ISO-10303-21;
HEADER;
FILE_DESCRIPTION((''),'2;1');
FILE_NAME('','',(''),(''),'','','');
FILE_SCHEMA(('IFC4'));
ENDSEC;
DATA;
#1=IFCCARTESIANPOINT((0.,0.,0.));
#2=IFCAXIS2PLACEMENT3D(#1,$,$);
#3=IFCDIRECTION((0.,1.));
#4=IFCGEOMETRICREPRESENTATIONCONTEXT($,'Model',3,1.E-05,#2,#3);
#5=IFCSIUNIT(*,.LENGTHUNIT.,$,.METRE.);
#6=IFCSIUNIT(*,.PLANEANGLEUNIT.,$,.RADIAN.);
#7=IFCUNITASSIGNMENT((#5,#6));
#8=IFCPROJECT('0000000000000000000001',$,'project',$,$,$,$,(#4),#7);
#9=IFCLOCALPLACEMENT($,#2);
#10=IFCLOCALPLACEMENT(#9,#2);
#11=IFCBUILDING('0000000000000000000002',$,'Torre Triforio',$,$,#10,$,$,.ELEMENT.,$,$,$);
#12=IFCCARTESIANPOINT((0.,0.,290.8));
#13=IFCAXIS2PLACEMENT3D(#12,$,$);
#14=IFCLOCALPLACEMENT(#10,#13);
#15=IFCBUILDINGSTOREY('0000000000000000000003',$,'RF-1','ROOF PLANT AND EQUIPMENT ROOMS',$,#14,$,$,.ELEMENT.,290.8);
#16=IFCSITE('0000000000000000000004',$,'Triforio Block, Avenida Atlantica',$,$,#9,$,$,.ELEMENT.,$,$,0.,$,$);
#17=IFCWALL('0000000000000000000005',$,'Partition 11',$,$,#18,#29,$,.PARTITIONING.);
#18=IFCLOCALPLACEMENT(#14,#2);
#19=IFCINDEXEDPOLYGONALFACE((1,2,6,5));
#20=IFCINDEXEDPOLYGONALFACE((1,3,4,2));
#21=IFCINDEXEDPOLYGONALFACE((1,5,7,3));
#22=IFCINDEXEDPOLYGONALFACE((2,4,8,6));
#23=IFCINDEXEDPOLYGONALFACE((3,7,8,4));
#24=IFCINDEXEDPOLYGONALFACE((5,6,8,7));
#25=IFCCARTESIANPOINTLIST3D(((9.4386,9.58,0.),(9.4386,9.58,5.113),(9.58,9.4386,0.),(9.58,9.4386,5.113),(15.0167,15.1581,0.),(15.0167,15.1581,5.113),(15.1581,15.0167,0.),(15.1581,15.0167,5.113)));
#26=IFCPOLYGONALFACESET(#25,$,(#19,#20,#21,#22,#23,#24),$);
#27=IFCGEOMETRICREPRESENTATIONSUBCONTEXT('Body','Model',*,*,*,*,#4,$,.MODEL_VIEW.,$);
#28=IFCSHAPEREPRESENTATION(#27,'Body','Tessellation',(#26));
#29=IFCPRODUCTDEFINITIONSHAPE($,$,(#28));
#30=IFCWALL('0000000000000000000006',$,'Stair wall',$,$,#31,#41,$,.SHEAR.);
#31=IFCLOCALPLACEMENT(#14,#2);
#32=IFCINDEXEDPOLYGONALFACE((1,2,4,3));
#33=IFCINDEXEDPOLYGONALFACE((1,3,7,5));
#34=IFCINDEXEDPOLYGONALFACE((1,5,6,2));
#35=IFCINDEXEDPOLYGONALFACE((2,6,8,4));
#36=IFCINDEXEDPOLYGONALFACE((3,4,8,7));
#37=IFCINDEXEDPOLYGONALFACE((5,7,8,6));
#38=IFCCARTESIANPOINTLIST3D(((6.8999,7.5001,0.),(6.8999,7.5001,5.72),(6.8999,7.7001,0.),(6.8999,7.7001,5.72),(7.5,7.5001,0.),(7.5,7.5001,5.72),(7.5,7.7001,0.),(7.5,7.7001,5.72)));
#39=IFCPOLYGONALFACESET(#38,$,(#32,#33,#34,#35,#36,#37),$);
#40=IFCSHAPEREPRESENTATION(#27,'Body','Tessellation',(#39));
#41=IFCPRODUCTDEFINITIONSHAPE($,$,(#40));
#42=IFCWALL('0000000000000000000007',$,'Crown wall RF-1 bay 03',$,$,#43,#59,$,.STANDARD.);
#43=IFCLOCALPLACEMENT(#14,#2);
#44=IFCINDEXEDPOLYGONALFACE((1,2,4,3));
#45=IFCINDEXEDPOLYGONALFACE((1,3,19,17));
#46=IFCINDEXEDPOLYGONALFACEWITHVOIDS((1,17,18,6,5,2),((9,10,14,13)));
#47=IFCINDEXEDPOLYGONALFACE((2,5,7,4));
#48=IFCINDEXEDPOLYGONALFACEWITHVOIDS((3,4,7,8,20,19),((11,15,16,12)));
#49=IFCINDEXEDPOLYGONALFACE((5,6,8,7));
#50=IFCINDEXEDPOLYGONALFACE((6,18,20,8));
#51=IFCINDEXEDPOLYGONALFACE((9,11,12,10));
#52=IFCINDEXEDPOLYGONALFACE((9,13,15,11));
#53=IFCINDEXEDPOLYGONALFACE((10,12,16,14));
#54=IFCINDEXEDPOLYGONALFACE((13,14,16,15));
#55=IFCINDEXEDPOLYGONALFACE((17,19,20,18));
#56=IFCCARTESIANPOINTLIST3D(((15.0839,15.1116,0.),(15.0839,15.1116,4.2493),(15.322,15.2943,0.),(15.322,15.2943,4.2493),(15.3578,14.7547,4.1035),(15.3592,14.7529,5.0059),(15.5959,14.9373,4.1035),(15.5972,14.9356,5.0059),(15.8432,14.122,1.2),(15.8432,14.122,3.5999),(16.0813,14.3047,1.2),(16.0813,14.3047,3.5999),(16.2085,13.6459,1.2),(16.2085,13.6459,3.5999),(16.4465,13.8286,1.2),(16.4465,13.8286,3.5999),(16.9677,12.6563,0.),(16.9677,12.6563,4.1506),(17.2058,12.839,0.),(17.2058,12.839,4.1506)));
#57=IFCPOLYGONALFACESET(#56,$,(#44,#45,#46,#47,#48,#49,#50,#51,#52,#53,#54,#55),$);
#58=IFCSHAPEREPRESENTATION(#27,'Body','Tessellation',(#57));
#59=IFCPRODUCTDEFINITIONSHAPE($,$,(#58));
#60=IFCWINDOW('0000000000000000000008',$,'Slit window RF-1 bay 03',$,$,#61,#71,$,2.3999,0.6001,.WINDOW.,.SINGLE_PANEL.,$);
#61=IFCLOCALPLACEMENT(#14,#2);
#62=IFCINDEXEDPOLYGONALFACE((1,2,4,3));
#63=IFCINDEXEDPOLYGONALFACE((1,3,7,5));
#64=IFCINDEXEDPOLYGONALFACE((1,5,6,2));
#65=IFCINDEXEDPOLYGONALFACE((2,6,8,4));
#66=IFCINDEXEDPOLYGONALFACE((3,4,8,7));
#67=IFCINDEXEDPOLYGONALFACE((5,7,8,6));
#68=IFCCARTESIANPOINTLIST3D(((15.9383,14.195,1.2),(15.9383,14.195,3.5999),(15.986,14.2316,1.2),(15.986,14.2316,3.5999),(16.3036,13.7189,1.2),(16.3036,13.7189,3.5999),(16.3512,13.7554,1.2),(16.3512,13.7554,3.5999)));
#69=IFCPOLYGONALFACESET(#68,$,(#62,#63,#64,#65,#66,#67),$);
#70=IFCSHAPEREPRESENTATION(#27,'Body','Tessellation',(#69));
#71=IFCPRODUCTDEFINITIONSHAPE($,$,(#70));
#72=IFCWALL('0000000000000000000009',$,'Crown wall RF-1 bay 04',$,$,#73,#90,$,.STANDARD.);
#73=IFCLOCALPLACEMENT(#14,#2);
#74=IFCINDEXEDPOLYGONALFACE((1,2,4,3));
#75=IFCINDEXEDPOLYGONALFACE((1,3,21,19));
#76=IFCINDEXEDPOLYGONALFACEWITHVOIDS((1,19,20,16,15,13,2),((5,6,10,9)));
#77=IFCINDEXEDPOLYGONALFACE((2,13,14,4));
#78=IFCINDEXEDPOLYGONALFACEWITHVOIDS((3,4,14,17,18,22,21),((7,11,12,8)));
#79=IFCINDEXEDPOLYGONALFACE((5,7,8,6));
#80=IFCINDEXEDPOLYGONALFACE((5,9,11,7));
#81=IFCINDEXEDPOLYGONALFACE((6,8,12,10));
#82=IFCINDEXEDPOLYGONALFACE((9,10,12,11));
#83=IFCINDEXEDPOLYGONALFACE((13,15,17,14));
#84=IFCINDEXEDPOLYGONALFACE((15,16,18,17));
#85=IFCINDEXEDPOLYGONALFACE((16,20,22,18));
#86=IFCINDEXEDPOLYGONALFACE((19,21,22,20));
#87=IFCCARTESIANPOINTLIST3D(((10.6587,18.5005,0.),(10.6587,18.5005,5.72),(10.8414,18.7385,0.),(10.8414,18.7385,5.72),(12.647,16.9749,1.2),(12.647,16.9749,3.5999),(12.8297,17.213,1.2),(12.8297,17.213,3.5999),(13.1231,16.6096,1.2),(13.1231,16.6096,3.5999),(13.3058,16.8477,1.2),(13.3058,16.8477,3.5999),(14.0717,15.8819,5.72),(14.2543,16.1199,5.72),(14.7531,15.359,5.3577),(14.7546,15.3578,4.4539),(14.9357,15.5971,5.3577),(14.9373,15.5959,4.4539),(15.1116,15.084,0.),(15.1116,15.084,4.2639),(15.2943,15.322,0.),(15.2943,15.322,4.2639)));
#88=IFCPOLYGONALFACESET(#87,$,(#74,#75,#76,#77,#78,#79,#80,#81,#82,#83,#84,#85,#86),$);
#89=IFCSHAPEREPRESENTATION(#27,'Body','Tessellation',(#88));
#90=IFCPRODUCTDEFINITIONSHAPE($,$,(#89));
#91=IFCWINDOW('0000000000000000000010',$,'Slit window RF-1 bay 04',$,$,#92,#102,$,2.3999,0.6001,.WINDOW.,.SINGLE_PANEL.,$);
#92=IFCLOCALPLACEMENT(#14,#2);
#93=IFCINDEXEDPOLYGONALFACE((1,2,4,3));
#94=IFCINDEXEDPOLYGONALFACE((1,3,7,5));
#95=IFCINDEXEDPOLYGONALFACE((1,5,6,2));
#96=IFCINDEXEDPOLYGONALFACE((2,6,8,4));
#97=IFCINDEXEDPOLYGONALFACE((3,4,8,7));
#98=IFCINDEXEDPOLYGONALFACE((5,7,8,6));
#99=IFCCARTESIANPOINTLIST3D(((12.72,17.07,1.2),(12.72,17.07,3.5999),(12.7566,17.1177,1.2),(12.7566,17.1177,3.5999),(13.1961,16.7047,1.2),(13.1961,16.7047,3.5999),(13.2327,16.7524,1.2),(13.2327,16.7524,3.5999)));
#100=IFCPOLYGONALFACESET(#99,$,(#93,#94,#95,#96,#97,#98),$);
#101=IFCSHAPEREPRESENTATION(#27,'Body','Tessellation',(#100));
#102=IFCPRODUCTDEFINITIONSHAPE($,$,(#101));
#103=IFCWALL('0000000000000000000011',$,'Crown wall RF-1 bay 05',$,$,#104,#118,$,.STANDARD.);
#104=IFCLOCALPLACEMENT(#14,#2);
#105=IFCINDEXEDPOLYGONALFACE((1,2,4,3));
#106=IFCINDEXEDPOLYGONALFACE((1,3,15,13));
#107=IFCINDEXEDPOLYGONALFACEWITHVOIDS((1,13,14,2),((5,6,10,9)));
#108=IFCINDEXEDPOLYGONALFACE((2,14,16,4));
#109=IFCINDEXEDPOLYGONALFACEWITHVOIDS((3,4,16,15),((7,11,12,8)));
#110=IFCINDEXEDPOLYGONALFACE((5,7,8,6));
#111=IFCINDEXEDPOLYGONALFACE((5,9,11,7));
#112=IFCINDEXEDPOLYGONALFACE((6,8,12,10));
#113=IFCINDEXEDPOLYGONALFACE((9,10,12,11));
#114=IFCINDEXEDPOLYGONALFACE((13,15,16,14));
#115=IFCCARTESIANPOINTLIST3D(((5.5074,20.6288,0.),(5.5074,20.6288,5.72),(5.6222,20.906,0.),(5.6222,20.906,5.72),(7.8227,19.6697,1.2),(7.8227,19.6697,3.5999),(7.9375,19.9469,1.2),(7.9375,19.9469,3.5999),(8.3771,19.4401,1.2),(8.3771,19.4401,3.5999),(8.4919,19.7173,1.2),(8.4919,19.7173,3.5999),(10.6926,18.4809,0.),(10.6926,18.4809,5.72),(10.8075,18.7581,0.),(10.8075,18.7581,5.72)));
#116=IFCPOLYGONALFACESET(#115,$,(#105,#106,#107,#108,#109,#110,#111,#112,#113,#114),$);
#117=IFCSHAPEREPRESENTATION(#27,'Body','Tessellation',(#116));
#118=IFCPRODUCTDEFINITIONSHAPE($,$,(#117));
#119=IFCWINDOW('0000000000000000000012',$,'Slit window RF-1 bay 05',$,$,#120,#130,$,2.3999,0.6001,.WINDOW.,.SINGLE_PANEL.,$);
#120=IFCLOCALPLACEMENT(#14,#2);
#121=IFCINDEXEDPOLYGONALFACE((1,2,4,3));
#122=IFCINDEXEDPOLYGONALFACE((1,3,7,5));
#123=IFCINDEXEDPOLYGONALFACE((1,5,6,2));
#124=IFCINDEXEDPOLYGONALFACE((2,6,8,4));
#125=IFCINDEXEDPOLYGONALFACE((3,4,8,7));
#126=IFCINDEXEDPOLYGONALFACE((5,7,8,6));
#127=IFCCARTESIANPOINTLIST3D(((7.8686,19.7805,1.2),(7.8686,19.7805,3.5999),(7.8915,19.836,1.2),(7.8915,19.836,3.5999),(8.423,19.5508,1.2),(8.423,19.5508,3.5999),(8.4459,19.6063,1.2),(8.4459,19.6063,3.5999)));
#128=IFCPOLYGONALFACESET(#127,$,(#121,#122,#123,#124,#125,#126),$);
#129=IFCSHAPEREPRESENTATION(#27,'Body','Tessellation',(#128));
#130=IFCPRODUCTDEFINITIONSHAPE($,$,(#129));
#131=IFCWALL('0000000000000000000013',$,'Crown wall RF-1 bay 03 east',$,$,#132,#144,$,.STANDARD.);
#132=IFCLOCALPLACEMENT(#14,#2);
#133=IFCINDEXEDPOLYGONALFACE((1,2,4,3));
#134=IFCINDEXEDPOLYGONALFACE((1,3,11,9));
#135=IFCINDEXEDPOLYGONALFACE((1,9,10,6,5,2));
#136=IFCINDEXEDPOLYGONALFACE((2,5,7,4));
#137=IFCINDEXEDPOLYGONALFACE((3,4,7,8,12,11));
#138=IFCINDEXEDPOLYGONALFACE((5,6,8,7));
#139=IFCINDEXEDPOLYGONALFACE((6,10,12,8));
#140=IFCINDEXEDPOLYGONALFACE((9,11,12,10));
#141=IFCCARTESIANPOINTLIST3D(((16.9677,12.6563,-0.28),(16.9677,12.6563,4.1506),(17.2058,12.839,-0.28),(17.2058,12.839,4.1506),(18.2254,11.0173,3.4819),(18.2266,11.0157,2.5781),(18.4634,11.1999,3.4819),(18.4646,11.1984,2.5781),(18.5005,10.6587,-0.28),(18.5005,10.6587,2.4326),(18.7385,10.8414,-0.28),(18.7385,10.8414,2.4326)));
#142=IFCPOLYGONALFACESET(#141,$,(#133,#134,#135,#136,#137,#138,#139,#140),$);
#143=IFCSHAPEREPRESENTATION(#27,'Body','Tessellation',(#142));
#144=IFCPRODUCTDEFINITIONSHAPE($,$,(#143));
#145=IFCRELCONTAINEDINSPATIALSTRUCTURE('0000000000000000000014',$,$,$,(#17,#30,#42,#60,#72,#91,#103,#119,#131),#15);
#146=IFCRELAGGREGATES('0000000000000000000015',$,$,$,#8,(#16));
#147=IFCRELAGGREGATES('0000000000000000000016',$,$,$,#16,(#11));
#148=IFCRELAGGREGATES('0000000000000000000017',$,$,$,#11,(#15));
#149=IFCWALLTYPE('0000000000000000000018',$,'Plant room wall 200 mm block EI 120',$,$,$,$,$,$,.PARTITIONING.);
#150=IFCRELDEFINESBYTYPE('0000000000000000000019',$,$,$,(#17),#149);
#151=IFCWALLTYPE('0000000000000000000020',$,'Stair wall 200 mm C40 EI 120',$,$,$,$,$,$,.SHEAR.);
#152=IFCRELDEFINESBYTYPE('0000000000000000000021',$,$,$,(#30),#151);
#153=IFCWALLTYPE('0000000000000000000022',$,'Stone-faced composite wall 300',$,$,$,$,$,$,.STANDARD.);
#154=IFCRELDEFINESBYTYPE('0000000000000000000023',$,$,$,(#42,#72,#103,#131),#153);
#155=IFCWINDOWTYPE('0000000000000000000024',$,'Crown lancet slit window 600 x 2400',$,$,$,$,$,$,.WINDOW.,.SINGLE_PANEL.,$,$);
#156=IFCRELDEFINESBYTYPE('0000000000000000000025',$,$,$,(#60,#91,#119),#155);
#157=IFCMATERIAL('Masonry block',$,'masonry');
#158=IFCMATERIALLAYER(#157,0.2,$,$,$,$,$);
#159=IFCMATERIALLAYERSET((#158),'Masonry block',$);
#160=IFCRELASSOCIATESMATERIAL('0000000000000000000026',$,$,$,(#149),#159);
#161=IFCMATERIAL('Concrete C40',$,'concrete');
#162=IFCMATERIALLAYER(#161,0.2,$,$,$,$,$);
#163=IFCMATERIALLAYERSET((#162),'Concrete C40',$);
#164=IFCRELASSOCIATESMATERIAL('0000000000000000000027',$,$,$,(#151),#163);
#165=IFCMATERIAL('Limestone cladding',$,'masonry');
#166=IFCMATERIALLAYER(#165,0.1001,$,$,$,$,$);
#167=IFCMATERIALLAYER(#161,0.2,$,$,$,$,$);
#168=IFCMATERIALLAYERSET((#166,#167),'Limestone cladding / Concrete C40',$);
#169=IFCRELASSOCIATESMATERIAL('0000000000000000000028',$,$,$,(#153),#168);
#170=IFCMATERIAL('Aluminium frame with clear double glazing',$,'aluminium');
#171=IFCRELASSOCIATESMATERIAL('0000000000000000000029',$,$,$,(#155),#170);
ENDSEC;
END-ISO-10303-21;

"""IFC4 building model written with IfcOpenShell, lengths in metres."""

from ifc_helpers import new_model, si_unit, direction, frame, frame_2d, origin, place, context, subcontext, project, spatial, polyline, rectangle, outline, extrude, material, layer, layer_set, type_object, element, fill, save


model = new_model("IFC4")

# Units and contexts
model_context = context("Model", 3, precision=1e-05, world=origin(), true_north=direction((0.0, 1.0)))
body_context = subcontext(model_context, "Body", "Model", "MODEL_VIEW")
ifc_project = project(units=[si_unit("LENGTHUNIT", "METRE"), si_unit("PLANEANGLEUNIT", "RADIAN")], contexts=[model_context])

# Site, building, storey
site_placement = place(None, origin())
site = spatial("IfcSite", under=ifc_project, at=site_placement, Name="Triforio Block, Avenida Atlantica", CompositionType="ELEMENT", RefElevation=0.0)
building_placement = place(site_placement, origin())
building = spatial("IfcBuilding", under=site, at=building_placement, Name="Torre Triforio", CompositionType="ELEMENT")
storey_placement = place(building_placement, frame((0.0, 0.0, 290.8)))
storey = spatial("IfcBuildingStorey", under=building, at=storey_placement, Name="RF-1", Description="ROOF PLANT AND EQUIPMENT ROOMS", CompositionType="ELEMENT", Elevation=290.8)

# Shared definitions
ifc_material_1 = material(Name="Concrete C40", Category="concrete")

# Shared definitions
ifc_material_2 = material(Name="Masonry block", Category="masonry")
ifc_layer_1 = layer(ifc_material_2, 0.2)
ifc_layer_set_1 = layer_set([ifc_layer_1], Name="Masonry block")
wall_type_1 = type_object("IfcWallType", Name="Plant room wall 200 mm block EI 120", PredefinedType="PARTITIONING", material=ifc_layer_set_1)

# Walls
wall_1_placement = place(storey_placement, frame((9.5093, 9.5093, 0.0), z_axis=(0.0, 0.0, 1.0), x_axis=(0.707107, 0.707107, 0.0)))
element("IfcWall", 1, at=wall_1_placement, inside=storey, type_object=wall_type_1, Name="Partition 11", PredefinedType="PARTITIONING", context=body_context, shape_type="SweptSolid", body=[
    extrude(rectangle(XDim=7.8887, YDim=0.2, at=frame_2d((3.9443, 0.0))), origin(), (0.0, 0.0, 1.0), 5.113),
])
ifc_layer_2 = layer(ifc_material_1, 0.2)
ifc_layer_set_2 = layer_set([ifc_layer_2], Name="Concrete C40")
wall_type_2 = type_object("IfcWallType", Name="Stair wall 200 mm C40 EI 120", PredefinedType="SHEAR", material=ifc_layer_set_2)
wall_2_placement = place(storey_placement, frame((6.8999, 7.6001, 0.0), z_axis=(0.0, 0.0, 1.0), x_axis=(1.0, 0.0, 0.0)))
element("IfcWall", 2, at=wall_2_placement, inside=storey, type_object=wall_type_2, Name="Stair wall", PredefinedType="SHEAR", context=body_context, shape_type="SweptSolid", body=[
    extrude(rectangle(XDim=0.6001, YDim=0.2, at=frame_2d((0.3, 0.0))), origin(), (0.0, 0.0, 1.0), 5.72),
])

# Walls, openings, windows
ifc_material_3 = material(Name="Limestone cladding", Category="masonry")
ifc_layer_3 = layer(ifc_material_3, 0.1001)
ifc_layer_4 = layer(ifc_material_1, 0.2)
ifc_layer_set_3 = layer_set([ifc_layer_3, ifc_layer_4], Name="Limestone cladding / Concrete C40")
wall_type_3 = type_object("IfcWallType", Name="Stone-faced composite wall 300", PredefinedType="STANDARD", material=ifc_layer_set_3)
wall_3_placement = place(storey_placement, frame((17.0867, 12.7476, 0.0), z_axis=(0.0, 0.0, 1.0), x_axis=(-0.608711, 0.793392, 0.0)))
wall_3 = element("IfcWall", 3, at=wall_3_placement, inside=storey, type_object=wall_type_3, Name="Crown wall RF-1 bay 03", PredefinedType="STANDARD", context=body_context, shape_type="SweptSolid", body=[
    extrude(outline(polyline([(0.0, 0.0), (3.0947, 0.0), (3.0947, 4.2493), (2.6448, 4.1035), (2.6426, 5.0059), (0.0, 4.1506), (0.0, 0.0)])), frame((0.0, 0.1499, 0.0), z_axis=(0.0, -1.0, 0.0), x_axis=(1.0, 0.0, 0.0)), (0.0, 0.0, 1.0), 0.3),
])
opening_1_placement = place(wall_3_placement, frame((1.2473, 0.0, 1.2)))
opening_1 = element("IfcOpeningElement", 4, at=opening_1_placement, cuts=wall_3, PredefinedType="OPENING", context=body_context, shape_type="SweptSolid", body=[
    extrude(rectangle(XDim=0.6001, YDim=2.3999, at=frame_2d((0.3, 1.2))), frame((0.0, 0.1599, 0.0), z_axis=(0.0, -1.0, 0.0), x_axis=(1.0, 0.0, 0.0)), (0.0, 0.0, 1.0), 0.3201),
])
ifc_material_4 = material(Name="Aluminium frame with clear double glazing", Category="aluminium")
window_type = type_object("IfcWindowType", Name="Crown lancet slit window 600 x 2400", PartitioningType="SINGLE_PANEL", PredefinedType="WINDOW", material=ifc_material_4)
window_1_placement = place(opening_1_placement, origin())
window_1 = element("IfcWindow", 5, at=window_1_placement, inside=storey, type_object=window_type, Name="Slit window RF-1 bay 03", OverallHeight=2.3999, OverallWidth=0.6001, PartitioningType="SINGLE_PANEL", PredefinedType="WINDOW", context=body_context, shape_type="SweptSolid", body=[
    extrude(rectangle(XDim=0.6001, YDim=2.3999, at=frame_2d((0.3, 1.2))), frame((0.0, 0.03, 0.0), z_axis=(0.0, -1.0, 0.0), x_axis=(1.0, 0.0, 0.0)), (0.0, 0.0, 1.0), 0.0601),
])
fill(opening_1, window_1)
wall_4_placement = place(storey_placement, frame((15.2029, 15.2029, 0.0), z_axis=(0.0, 0.0, 1.0), x_axis=(-0.79338, 0.608726, 0.0)))
wall_4 = element("IfcWall", 6, at=wall_4_placement, inside=storey, type_object=wall_type_3, Name="Crown wall RF-1 bay 04", PredefinedType="STANDARD", context=body_context, shape_type="SweptSolid", body=[
    extrude(outline(polyline([(0.0, 0.0), (5.6125, 0.0), (5.6125, 5.72), (1.3108, 5.72), (0.4519, 5.3577), (0.45, 4.4539), (0.0, 4.2639), (0.0, 0.0)])), frame((0.0, 0.1499, 0.0), z_axis=(0.0, -1.0, 0.0), x_axis=(1.0, 0.0, 0.0)), (0.0, 0.0, 1.0), 0.3),
])
opening_2_placement = place(wall_4_placement, frame((2.5063, 0.0, 1.2)))
opening_2 = element("IfcOpeningElement", 7, at=opening_2_placement, cuts=wall_4, PredefinedType="OPENING", context=body_context, shape_type="SweptSolid", body=[
    extrude(rectangle(XDim=0.6001, YDim=2.3999, at=frame_2d((0.3, 1.2))), frame((0.0, 0.1599, 0.0), z_axis=(0.0, -1.0, 0.0), x_axis=(1.0, 0.0, 0.0)), (0.0, 0.0, 1.0), 0.3201),
])
window_2_placement = place(opening_2_placement, origin())
window_2 = element("IfcWindow", 8, at=window_2_placement, inside=storey, type_object=window_type, Name="Slit window RF-1 bay 04", OverallHeight=2.3999, OverallWidth=0.6001, PartitioningType="SINGLE_PANEL", PredefinedType="WINDOW", context=body_context, shape_type="SweptSolid", body=[
    extrude(rectangle(XDim=0.6001, YDim=2.3999, at=frame_2d((0.3, 1.2))), frame((0.0, 0.03, 0.0), z_axis=(0.0, -1.0, 0.0), x_axis=(1.0, 0.0, 0.0)), (0.0, 0.0, 1.0), 0.0601),
])
fill(opening_2, window_2)
wall_5_placement = place(storey_placement, frame((10.75, 18.6194, 0.0), z_axis=(0.0, 0.0, 1.0), x_axis=(-0.923872, 0.382703, 0.0)))
wall_5 = element("IfcWall", 9, at=wall_5_placement, inside=storey, type_object=wall_type_3, Name="Crown wall RF-1 bay 05", PredefinedType="STANDARD", context=body_context, shape_type="SweptSolid", body=[
    extrude(outline(polyline([(0.0, 0.0), (5.6125, 0.0), (5.6125, 5.72), (0.0, 5.72), (0.0, 0.0)])), frame((0.0, 0.1499, 0.0), z_axis=(0.0, -1.0, 0.0), x_axis=(1.0, 0.0, 0.0)), (0.0, 0.0, 1.0), 0.3),
])
opening_3_placement = place(wall_5_placement, frame((2.5063, 0.0, 1.2)))
opening_3 = element("IfcOpeningElement", 10, at=opening_3_placement, cuts=wall_5, PredefinedType="OPENING", context=body_context, shape_type="SweptSolid", body=[
    extrude(rectangle(XDim=0.6001, YDim=2.3999, at=frame_2d((0.3, 1.2))), frame((0.0, 0.1599, 0.0), z_axis=(0.0, -1.0, 0.0), x_axis=(1.0, 0.0, 0.0)), (0.0, 0.0, 1.0), 0.3201),
])
window_3_placement = place(opening_3_placement, origin())
window_3 = element("IfcWindow", 11, at=window_3_placement, inside=storey, type_object=window_type, Name="Slit window RF-1 bay 05", OverallHeight=2.3999, OverallWidth=0.6001, PartitioningType="SINGLE_PANEL", PredefinedType="WINDOW", context=body_context, shape_type="SweptSolid", body=[
    extrude(rectangle(XDim=0.6001, YDim=2.3999, at=frame_2d((0.3, 1.2))), frame((0.0, 0.03, 0.0), z_axis=(0.0, -1.0, 0.0), x_axis=(1.0, 0.0, 0.0)), (0.0, 0.0, 1.0), 0.0601),
])
fill(opening_3, window_3)

# Wall
wall_6_placement = place(storey_placement, frame((18.6194, 10.75, -0.28), z_axis=(0.0, 0.0, 1.0), x_axis=(-0.608745, 0.793366, 0.0)))
element("IfcWall", 12, at=wall_6_placement, inside=storey, type_object=wall_type_3, Name="Crown wall RF-1 bay 03 east", PredefinedType="STANDARD", context=body_context, shape_type="SweptSolid", body=[
    extrude(outline(polyline([(0.0, 0.0), (2.5178, 0.0), (2.5178, 4.4307), (0.4519, 3.762), (0.45, 2.8582), (0.0, 2.7126), (0.0, 0.0)])), frame((0.0, 0.1499, 0.0), z_axis=(0.0, -1.0, 0.0), x_axis=(1.0, 0.0, 0.0)), (0.0, 0.0, 1.0), 0.3),
])

save(model, "model.ifc")
